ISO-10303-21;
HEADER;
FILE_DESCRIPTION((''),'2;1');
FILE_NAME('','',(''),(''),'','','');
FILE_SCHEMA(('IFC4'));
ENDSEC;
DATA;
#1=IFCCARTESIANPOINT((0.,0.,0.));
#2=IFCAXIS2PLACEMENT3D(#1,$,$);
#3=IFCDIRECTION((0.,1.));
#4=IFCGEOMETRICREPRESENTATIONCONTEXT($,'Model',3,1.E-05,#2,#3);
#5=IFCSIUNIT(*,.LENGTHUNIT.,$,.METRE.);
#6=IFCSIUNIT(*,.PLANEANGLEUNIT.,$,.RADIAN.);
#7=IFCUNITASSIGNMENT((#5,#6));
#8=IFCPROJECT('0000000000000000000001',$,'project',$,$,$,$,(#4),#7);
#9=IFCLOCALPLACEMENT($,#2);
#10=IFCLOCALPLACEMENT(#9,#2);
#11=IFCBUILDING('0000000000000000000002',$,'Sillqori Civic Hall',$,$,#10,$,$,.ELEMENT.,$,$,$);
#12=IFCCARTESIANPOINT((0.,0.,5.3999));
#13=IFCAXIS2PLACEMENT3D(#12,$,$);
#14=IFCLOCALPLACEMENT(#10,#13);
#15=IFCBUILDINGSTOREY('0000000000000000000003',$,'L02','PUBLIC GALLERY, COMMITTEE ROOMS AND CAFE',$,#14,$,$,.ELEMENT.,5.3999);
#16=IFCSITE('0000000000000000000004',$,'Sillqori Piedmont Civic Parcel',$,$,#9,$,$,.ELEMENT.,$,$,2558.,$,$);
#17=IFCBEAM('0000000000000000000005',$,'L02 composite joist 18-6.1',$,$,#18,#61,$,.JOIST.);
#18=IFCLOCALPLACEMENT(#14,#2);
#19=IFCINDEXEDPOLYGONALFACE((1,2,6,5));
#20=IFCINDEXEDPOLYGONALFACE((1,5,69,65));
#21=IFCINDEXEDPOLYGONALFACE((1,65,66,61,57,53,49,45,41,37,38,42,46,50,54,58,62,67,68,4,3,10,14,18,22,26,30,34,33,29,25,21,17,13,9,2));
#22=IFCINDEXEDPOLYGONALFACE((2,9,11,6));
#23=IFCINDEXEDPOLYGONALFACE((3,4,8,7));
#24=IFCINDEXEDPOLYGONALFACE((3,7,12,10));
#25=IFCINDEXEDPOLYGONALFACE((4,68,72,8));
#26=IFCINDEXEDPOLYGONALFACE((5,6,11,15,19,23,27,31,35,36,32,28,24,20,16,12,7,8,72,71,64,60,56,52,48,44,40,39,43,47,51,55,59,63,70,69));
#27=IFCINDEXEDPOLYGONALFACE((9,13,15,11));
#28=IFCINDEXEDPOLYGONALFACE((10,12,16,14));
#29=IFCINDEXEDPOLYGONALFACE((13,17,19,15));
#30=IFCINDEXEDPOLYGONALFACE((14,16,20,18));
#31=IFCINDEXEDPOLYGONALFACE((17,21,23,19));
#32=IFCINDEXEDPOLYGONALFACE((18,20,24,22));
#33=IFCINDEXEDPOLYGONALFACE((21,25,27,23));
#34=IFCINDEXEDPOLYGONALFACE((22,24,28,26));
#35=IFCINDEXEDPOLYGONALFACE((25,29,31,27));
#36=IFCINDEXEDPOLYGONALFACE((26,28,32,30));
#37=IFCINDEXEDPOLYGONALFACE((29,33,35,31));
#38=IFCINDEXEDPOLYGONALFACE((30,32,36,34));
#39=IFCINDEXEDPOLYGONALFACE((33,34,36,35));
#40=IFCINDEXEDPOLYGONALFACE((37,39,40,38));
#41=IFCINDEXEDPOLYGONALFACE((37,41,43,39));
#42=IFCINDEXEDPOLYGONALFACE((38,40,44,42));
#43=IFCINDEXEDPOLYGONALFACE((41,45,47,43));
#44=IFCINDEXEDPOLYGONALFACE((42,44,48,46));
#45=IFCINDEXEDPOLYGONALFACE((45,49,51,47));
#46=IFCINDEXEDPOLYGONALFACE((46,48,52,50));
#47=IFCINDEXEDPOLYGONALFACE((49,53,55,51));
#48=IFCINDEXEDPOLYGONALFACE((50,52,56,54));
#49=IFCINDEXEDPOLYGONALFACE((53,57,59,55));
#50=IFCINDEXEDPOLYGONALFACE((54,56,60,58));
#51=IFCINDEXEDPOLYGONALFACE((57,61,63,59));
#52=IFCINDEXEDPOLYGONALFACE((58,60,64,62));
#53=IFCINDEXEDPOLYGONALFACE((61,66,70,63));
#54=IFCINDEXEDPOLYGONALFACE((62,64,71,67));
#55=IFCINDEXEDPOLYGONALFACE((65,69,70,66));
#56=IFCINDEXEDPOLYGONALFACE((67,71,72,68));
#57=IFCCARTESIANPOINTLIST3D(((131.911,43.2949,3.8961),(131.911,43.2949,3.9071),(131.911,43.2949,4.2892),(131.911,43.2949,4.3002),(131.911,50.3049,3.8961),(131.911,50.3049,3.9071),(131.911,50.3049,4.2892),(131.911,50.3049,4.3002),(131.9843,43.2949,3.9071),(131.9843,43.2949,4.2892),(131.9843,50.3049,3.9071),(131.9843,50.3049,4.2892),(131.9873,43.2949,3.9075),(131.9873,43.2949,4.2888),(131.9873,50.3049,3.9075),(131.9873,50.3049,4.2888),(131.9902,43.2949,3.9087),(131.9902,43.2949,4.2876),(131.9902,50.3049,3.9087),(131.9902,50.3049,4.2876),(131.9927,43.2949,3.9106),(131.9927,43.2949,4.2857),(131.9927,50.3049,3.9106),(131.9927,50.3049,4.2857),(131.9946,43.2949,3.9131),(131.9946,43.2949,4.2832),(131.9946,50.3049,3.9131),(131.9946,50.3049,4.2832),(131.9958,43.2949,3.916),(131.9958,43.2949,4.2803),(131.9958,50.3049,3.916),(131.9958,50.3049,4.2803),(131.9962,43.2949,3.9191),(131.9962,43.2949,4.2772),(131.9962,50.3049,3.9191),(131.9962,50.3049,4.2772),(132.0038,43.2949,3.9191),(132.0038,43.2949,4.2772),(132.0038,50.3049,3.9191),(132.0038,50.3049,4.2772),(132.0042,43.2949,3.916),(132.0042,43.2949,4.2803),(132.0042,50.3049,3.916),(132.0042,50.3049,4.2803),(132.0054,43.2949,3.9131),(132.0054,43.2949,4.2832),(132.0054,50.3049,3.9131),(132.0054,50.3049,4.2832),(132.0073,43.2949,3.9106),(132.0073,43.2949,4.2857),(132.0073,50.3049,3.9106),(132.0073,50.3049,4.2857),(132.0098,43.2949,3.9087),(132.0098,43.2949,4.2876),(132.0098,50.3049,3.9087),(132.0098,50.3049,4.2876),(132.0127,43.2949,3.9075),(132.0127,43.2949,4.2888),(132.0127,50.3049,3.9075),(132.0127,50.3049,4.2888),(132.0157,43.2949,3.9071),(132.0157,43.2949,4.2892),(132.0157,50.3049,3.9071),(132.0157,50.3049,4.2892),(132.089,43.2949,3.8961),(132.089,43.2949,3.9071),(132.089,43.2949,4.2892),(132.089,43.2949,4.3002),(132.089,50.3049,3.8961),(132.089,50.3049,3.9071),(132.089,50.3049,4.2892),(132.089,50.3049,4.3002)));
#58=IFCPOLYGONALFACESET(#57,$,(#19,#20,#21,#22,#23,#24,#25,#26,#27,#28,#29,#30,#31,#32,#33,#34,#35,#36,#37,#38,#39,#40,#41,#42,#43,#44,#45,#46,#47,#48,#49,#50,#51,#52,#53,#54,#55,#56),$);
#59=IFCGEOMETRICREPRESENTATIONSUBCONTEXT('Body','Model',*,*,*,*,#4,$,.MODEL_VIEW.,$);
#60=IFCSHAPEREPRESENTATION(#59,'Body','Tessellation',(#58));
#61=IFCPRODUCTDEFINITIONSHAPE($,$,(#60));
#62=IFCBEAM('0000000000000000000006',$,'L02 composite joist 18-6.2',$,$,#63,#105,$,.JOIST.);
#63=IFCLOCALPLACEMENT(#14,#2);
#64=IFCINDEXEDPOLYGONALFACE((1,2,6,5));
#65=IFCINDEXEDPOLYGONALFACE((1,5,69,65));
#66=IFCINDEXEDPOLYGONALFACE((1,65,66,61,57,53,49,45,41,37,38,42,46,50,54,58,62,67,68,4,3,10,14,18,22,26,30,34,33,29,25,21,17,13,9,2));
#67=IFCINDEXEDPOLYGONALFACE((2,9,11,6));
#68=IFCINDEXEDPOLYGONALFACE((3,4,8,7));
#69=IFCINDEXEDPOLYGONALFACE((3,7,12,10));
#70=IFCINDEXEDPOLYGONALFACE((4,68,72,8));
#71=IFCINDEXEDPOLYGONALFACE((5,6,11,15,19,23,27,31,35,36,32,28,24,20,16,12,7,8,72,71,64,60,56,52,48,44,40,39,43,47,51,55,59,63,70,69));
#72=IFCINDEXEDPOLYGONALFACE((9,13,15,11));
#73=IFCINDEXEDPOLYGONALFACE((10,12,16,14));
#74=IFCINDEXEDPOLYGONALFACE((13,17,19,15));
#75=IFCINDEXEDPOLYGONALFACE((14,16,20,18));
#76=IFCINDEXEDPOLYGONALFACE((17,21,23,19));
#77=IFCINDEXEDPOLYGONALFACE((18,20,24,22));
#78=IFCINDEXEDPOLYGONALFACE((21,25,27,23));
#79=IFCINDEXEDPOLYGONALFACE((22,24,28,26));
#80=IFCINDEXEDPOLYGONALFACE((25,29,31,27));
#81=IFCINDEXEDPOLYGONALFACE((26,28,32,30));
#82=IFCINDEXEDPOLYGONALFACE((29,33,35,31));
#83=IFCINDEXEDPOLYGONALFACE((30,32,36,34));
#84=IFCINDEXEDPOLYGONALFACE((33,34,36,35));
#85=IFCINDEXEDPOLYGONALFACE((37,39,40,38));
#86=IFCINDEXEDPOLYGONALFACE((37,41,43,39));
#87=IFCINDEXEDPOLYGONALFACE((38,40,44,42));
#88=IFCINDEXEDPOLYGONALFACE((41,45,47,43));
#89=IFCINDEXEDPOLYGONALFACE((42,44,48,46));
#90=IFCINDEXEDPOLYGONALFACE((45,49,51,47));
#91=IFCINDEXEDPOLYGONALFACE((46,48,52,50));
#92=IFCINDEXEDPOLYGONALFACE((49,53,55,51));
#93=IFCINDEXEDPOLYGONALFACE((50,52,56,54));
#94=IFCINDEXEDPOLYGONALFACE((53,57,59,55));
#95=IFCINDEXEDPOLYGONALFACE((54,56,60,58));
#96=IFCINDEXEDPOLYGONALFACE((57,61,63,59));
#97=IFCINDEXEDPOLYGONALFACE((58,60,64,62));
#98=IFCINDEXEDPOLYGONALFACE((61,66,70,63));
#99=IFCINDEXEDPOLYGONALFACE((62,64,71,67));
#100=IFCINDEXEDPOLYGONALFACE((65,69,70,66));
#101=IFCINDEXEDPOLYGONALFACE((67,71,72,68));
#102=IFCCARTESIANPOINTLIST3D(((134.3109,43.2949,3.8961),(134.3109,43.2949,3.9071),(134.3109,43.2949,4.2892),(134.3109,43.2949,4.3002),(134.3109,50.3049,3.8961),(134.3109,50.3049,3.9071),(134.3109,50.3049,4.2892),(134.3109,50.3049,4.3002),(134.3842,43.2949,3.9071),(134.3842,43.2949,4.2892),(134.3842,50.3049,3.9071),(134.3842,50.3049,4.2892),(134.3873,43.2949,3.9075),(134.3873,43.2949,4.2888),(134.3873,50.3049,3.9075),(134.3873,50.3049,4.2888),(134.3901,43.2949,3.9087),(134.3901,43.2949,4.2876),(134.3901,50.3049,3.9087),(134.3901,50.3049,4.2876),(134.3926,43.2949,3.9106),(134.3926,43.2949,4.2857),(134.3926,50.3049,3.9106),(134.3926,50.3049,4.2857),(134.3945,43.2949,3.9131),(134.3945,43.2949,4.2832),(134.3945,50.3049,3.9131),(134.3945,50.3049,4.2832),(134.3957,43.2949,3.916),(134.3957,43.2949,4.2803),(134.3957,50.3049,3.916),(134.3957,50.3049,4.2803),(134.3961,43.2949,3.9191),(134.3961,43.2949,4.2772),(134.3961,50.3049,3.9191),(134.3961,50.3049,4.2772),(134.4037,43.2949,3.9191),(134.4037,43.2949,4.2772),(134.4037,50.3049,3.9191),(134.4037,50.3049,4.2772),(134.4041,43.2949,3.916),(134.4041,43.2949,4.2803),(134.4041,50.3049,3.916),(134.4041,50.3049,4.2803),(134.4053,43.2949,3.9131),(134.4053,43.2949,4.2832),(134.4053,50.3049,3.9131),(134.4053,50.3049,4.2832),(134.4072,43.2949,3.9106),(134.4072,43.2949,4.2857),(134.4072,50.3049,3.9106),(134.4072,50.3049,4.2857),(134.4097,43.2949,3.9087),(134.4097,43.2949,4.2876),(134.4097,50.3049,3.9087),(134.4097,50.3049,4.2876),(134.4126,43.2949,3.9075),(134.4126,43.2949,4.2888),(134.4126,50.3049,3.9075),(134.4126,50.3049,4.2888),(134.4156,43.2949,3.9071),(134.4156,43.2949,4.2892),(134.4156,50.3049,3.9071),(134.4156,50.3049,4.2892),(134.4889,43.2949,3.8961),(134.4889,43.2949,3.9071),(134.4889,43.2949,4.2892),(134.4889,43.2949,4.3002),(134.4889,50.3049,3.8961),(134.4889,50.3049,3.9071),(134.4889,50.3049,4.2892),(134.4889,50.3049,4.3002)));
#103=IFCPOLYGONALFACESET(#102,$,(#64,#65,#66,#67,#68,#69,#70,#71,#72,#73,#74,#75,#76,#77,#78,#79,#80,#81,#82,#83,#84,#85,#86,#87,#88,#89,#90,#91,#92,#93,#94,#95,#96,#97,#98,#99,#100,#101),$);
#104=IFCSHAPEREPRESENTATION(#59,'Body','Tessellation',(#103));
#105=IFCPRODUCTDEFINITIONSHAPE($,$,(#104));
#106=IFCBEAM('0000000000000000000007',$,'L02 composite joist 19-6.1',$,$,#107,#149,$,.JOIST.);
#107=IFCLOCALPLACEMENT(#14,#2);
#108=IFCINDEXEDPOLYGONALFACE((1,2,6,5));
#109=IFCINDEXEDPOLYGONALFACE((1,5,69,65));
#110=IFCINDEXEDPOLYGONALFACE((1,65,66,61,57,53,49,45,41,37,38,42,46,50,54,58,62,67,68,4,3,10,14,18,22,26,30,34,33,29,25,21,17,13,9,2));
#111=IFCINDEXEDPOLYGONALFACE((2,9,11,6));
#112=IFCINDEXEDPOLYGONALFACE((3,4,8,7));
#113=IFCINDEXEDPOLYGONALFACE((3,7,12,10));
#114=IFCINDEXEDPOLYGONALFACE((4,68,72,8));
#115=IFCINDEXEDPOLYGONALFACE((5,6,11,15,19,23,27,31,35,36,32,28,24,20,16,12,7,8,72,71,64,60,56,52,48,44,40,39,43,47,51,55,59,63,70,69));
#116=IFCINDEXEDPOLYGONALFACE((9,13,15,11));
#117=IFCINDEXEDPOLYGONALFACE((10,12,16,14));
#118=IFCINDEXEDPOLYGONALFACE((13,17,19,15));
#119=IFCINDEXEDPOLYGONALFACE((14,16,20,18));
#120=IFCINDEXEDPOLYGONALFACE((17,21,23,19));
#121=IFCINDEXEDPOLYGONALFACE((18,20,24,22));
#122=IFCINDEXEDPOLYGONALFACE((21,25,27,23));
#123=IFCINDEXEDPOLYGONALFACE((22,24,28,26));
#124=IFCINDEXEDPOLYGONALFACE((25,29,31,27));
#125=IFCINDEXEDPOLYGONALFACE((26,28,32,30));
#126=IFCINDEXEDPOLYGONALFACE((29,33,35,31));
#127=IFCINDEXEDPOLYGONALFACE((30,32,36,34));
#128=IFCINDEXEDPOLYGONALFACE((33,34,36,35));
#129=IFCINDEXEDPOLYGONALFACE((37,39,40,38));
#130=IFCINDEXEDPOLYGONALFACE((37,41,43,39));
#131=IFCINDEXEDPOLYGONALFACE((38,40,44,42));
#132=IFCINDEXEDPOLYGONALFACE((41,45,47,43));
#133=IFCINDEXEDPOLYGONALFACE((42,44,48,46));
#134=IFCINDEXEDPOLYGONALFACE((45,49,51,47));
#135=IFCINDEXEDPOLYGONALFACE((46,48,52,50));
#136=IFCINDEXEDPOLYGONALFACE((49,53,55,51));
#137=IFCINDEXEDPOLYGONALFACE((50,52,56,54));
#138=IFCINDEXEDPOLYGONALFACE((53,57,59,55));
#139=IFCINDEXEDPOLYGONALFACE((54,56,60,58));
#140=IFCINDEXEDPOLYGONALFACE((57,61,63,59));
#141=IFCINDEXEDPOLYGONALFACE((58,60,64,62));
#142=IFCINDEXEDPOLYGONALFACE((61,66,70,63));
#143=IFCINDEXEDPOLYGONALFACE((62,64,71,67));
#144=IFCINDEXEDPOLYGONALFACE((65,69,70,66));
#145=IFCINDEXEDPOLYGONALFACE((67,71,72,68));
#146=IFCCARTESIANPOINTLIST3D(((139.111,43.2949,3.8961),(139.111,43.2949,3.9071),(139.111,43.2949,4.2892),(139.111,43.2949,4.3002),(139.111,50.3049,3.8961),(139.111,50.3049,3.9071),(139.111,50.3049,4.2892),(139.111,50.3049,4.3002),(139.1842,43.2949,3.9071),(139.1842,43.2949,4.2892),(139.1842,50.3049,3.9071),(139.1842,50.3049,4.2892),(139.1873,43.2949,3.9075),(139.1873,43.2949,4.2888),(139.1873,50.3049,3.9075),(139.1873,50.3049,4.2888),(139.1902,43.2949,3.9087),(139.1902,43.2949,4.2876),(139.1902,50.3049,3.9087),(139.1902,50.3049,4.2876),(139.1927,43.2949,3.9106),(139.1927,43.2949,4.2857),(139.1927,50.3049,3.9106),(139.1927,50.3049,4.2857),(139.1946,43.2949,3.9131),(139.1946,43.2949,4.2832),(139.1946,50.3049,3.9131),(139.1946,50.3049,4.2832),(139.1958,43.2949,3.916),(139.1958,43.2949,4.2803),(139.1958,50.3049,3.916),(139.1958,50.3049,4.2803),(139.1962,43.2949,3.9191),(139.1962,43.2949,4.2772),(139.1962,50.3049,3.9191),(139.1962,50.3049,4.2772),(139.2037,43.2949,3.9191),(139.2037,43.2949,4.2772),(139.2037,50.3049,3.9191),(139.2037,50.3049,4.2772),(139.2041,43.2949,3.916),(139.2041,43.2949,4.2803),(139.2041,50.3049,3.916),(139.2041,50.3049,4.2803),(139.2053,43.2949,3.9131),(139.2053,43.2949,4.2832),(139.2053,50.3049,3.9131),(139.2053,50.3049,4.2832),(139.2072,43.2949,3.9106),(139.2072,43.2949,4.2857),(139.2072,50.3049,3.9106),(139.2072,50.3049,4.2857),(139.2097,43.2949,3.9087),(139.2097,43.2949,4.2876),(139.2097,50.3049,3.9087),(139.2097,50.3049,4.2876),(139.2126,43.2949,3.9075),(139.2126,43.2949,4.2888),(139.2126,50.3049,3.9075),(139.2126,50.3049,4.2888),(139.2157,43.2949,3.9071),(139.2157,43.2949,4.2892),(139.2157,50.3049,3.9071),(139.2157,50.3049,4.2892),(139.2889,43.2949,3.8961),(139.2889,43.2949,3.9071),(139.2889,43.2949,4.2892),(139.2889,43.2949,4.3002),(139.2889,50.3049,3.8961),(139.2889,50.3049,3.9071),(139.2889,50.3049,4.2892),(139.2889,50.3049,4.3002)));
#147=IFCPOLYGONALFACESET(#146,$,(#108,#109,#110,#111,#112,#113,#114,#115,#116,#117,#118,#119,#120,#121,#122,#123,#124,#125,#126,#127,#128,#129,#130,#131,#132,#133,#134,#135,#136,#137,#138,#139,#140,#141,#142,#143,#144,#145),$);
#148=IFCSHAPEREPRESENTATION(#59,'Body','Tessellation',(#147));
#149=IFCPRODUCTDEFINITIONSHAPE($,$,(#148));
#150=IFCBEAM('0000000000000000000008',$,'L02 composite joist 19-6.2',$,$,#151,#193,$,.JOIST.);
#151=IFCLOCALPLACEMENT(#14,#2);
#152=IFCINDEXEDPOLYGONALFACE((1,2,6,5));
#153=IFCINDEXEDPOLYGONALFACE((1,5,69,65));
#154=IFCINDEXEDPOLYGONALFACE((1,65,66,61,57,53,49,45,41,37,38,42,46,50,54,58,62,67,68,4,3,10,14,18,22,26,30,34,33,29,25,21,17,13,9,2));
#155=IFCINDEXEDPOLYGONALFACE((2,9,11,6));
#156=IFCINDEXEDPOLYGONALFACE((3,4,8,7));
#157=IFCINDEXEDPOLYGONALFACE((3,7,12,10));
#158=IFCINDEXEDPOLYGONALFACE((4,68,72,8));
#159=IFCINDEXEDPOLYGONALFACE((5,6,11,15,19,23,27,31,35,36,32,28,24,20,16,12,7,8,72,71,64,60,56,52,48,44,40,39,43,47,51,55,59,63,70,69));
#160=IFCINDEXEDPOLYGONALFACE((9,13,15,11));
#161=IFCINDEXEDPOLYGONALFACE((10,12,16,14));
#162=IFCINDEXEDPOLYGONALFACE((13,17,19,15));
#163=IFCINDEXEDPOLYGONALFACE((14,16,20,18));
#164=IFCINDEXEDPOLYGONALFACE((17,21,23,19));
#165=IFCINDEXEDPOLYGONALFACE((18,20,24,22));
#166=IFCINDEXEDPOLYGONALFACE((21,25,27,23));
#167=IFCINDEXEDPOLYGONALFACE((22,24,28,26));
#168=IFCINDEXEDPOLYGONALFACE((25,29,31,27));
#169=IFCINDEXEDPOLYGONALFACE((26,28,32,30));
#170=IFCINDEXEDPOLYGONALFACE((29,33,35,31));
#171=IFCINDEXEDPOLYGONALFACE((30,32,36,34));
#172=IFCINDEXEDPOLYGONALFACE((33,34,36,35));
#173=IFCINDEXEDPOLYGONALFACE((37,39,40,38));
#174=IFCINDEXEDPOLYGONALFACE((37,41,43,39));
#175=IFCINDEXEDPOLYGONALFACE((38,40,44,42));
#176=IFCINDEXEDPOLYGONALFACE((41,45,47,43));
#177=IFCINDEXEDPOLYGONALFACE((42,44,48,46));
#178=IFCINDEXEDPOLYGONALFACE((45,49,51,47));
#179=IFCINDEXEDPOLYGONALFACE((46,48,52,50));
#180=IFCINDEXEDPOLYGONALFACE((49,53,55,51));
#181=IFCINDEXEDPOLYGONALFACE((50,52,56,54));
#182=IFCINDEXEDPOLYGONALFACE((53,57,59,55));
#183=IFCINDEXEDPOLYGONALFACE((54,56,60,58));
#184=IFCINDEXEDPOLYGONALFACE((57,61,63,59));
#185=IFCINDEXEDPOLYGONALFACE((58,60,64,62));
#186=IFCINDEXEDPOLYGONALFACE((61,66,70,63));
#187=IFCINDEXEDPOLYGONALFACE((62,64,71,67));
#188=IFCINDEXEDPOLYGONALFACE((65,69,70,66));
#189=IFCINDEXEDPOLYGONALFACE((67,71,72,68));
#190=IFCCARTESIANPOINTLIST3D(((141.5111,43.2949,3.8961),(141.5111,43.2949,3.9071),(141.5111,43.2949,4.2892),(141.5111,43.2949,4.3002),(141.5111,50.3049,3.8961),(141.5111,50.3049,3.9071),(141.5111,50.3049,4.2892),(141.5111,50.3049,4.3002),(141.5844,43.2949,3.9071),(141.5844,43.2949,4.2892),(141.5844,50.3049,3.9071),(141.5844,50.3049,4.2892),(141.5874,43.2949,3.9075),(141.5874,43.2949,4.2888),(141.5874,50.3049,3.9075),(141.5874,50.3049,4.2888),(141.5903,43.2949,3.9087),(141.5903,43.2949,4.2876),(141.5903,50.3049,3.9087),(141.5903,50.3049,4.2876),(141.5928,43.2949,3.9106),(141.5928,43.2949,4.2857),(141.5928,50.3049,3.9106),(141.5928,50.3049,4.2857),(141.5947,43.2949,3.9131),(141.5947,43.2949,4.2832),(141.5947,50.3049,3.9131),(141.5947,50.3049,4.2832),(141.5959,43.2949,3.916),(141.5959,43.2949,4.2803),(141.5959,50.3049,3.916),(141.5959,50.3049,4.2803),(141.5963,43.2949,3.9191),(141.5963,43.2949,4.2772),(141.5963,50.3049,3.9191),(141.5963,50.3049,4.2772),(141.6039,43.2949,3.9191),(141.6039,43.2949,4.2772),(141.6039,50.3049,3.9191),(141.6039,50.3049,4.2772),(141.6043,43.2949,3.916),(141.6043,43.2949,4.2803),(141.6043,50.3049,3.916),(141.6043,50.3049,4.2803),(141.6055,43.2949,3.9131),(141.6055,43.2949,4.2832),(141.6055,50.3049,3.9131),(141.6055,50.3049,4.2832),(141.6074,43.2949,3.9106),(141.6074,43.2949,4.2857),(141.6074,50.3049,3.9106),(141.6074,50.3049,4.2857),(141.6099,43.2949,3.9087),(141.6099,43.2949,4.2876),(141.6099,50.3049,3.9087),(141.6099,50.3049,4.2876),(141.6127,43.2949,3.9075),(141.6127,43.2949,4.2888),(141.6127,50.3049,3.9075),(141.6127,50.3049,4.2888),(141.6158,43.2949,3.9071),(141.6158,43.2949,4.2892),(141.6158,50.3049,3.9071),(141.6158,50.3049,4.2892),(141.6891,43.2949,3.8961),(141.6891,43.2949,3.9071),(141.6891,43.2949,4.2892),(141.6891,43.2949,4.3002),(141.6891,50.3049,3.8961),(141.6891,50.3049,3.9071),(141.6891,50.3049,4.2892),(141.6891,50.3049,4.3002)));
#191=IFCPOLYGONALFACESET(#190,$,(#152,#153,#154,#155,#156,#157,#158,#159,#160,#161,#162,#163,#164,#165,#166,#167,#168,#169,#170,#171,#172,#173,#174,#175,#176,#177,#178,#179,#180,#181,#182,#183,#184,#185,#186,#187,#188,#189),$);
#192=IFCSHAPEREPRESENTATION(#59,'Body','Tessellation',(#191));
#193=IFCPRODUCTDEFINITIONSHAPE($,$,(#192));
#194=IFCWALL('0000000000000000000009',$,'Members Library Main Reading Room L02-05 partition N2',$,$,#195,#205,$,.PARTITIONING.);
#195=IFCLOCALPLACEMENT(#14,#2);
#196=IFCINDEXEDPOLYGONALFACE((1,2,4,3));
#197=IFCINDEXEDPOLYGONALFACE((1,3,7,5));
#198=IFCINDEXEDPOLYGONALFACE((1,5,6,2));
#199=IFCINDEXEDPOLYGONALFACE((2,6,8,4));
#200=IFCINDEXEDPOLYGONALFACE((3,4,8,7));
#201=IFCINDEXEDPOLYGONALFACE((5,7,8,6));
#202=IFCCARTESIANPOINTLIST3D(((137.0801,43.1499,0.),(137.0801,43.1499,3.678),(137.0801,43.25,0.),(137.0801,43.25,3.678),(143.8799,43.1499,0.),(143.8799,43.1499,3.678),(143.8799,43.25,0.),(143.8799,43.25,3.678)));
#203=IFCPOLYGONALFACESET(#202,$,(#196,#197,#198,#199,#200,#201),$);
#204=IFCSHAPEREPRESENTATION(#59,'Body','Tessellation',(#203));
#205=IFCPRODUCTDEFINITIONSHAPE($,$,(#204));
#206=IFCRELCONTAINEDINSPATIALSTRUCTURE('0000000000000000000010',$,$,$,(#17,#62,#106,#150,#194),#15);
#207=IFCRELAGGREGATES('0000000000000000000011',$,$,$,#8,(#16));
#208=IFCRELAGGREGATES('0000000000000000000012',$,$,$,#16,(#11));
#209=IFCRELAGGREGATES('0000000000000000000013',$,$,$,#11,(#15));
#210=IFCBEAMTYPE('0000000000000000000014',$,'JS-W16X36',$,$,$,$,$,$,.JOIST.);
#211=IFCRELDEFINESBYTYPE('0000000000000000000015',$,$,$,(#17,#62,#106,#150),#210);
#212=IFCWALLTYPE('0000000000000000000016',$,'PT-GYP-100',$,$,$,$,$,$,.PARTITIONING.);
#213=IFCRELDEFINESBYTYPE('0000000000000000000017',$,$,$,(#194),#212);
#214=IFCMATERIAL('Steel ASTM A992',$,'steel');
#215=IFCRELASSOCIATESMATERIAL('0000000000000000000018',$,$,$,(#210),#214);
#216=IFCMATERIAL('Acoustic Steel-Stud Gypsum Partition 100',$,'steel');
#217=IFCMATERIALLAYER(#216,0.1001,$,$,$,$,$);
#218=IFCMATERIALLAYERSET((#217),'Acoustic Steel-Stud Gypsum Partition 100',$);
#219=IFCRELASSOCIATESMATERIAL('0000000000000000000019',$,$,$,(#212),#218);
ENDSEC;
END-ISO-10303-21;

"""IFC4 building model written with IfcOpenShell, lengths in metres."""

from ifc_helpers import new_model, si_unit, direction, frame, frame_2d, origin, origin_2d, place, context, subcontext, project, spatial, rectangle, i_section, extrude, material, layer, layer_set, material_profile, profile_set, type_object, element, save


model = new_model("IFC4")

# Units and contexts
model_context = context("Model", 3, precision=1e-05, world=origin(), true_north=direction((0.0, 1.0)))
body_context = subcontext(model_context, "Body", "Model", "MODEL_VIEW")
ifc_project = project(units=[si_unit("LENGTHUNIT", "METRE"), si_unit("PLANEANGLEUNIT", "RADIAN")], contexts=[model_context])

# Site, building, storey
site_placement = place(None, origin())
site = spatial("IfcSite", under=ifc_project, at=site_placement, Name="Sillqori Piedmont Civic Parcel", CompositionType="ELEMENT", RefElevation=2558.0)
building_placement = place(site_placement, origin())
building = spatial("IfcBuilding", under=site, at=building_placement, Name="Sillqori Civic Hall", CompositionType="ELEMENT")
storey_placement = place(building_placement, frame((0.0, 0.0, 5.3999)))
storey = spatial("IfcBuildingStorey", under=building, at=storey_placement, Name="L02", Description="PUBLIC GALLERY, COMMITTEE ROOMS AND CAFE", CompositionType="ELEMENT", Elevation=5.3999)

# Shared definitions
ifc_material_1 = material(Name="Steel ASTM A992", Category="steel")

# Beams
ifc_material_profile_1 = material_profile(ifc_material_1, i_section(OverallWidth=0.178, OverallDepth=0.4041, WebThickness=0.0076, FlangeThickness=0.011, FilletRadius=0.012, at=origin_2d()), Name="W16X36")
ifc_profile_set_1 = profile_set([ifc_material_profile_1], Name="Steel ASTM A992")
beam_type_1 = type_object("IfcBeamType", Name="JS-W16X36", PredefinedType="JOIST", material=ifc_profile_set_1)
for number, where, z_axis, x_axis, name in (
    (1, (132.0, 43.2949, 4.0981), (0.0, 1.0, 0.0), (-1.0, 0.0, 0.0), "L02 composite joist 18-6.1"),
    (2, (134.3999, 43.2949, 4.0981), (0.0, 1.0, 0.0), (-1.0, 0.0, 0.0), "L02 composite joist 18-6.2"),
    (3, (139.2, 43.2949, 4.0981), (0.0, 1.0, 0.0), (-1.0, 0.0, 0.0), "L02 composite joist 19-6.1"),
    (4, (141.6001, 43.2949, 4.0981), (0.0, 1.0, 0.0), (-1.0, 0.0, 0.0), "L02 composite joist 19-6.2"),
):
    element("IfcBeam", number, at=place(storey_placement, frame(where, z_axis=z_axis, x_axis=x_axis)), inside=storey, type_object=beam_type_1, Name=name, PredefinedType="JOIST", context=body_context, shape_type="SweptSolid", body=[
        extrude(i_section(OverallWidth=0.178, OverallDepth=0.4041, WebThickness=0.0076, FlangeThickness=0.011, FilletRadius=0.012, at=origin_2d()), origin(), (0.0, 0.0, 1.0), 7.01),
    ])

# Wall
ifc_material_2 = material(Name="Acoustic Steel-Stud Gypsum Partition 100", Category="steel")
ifc_layer_1 = layer(ifc_material_2, 0.1001)
ifc_layer_set_1 = layer_set([ifc_layer_1], Name="Acoustic Steel-Stud Gypsum Partition 100")
wall_type_1 = type_object("IfcWallType", Name="PT-GYP-100", PredefinedType="PARTITIONING", material=ifc_layer_set_1)
wall_1_placement = place(storey_placement, frame((137.0801, 43.2, 0.0), z_axis=(0.0, 0.0, 1.0), x_axis=(1.0, 0.0, 0.0)))
element("IfcWall", 5, at=wall_1_placement, inside=storey, type_object=wall_type_1, Name="Members Library Main Reading Room L02-05 partition N2", PredefinedType="PARTITIONING", context=body_context, shape_type="SweptSolid", body=[
    extrude(rectangle(XDim=6.7998, YDim=0.1001, at=frame_2d((3.3999, 0.0))), origin(), (0.0, 0.0, 1.0), 3.678),
])

save(model, "model.ifc")
